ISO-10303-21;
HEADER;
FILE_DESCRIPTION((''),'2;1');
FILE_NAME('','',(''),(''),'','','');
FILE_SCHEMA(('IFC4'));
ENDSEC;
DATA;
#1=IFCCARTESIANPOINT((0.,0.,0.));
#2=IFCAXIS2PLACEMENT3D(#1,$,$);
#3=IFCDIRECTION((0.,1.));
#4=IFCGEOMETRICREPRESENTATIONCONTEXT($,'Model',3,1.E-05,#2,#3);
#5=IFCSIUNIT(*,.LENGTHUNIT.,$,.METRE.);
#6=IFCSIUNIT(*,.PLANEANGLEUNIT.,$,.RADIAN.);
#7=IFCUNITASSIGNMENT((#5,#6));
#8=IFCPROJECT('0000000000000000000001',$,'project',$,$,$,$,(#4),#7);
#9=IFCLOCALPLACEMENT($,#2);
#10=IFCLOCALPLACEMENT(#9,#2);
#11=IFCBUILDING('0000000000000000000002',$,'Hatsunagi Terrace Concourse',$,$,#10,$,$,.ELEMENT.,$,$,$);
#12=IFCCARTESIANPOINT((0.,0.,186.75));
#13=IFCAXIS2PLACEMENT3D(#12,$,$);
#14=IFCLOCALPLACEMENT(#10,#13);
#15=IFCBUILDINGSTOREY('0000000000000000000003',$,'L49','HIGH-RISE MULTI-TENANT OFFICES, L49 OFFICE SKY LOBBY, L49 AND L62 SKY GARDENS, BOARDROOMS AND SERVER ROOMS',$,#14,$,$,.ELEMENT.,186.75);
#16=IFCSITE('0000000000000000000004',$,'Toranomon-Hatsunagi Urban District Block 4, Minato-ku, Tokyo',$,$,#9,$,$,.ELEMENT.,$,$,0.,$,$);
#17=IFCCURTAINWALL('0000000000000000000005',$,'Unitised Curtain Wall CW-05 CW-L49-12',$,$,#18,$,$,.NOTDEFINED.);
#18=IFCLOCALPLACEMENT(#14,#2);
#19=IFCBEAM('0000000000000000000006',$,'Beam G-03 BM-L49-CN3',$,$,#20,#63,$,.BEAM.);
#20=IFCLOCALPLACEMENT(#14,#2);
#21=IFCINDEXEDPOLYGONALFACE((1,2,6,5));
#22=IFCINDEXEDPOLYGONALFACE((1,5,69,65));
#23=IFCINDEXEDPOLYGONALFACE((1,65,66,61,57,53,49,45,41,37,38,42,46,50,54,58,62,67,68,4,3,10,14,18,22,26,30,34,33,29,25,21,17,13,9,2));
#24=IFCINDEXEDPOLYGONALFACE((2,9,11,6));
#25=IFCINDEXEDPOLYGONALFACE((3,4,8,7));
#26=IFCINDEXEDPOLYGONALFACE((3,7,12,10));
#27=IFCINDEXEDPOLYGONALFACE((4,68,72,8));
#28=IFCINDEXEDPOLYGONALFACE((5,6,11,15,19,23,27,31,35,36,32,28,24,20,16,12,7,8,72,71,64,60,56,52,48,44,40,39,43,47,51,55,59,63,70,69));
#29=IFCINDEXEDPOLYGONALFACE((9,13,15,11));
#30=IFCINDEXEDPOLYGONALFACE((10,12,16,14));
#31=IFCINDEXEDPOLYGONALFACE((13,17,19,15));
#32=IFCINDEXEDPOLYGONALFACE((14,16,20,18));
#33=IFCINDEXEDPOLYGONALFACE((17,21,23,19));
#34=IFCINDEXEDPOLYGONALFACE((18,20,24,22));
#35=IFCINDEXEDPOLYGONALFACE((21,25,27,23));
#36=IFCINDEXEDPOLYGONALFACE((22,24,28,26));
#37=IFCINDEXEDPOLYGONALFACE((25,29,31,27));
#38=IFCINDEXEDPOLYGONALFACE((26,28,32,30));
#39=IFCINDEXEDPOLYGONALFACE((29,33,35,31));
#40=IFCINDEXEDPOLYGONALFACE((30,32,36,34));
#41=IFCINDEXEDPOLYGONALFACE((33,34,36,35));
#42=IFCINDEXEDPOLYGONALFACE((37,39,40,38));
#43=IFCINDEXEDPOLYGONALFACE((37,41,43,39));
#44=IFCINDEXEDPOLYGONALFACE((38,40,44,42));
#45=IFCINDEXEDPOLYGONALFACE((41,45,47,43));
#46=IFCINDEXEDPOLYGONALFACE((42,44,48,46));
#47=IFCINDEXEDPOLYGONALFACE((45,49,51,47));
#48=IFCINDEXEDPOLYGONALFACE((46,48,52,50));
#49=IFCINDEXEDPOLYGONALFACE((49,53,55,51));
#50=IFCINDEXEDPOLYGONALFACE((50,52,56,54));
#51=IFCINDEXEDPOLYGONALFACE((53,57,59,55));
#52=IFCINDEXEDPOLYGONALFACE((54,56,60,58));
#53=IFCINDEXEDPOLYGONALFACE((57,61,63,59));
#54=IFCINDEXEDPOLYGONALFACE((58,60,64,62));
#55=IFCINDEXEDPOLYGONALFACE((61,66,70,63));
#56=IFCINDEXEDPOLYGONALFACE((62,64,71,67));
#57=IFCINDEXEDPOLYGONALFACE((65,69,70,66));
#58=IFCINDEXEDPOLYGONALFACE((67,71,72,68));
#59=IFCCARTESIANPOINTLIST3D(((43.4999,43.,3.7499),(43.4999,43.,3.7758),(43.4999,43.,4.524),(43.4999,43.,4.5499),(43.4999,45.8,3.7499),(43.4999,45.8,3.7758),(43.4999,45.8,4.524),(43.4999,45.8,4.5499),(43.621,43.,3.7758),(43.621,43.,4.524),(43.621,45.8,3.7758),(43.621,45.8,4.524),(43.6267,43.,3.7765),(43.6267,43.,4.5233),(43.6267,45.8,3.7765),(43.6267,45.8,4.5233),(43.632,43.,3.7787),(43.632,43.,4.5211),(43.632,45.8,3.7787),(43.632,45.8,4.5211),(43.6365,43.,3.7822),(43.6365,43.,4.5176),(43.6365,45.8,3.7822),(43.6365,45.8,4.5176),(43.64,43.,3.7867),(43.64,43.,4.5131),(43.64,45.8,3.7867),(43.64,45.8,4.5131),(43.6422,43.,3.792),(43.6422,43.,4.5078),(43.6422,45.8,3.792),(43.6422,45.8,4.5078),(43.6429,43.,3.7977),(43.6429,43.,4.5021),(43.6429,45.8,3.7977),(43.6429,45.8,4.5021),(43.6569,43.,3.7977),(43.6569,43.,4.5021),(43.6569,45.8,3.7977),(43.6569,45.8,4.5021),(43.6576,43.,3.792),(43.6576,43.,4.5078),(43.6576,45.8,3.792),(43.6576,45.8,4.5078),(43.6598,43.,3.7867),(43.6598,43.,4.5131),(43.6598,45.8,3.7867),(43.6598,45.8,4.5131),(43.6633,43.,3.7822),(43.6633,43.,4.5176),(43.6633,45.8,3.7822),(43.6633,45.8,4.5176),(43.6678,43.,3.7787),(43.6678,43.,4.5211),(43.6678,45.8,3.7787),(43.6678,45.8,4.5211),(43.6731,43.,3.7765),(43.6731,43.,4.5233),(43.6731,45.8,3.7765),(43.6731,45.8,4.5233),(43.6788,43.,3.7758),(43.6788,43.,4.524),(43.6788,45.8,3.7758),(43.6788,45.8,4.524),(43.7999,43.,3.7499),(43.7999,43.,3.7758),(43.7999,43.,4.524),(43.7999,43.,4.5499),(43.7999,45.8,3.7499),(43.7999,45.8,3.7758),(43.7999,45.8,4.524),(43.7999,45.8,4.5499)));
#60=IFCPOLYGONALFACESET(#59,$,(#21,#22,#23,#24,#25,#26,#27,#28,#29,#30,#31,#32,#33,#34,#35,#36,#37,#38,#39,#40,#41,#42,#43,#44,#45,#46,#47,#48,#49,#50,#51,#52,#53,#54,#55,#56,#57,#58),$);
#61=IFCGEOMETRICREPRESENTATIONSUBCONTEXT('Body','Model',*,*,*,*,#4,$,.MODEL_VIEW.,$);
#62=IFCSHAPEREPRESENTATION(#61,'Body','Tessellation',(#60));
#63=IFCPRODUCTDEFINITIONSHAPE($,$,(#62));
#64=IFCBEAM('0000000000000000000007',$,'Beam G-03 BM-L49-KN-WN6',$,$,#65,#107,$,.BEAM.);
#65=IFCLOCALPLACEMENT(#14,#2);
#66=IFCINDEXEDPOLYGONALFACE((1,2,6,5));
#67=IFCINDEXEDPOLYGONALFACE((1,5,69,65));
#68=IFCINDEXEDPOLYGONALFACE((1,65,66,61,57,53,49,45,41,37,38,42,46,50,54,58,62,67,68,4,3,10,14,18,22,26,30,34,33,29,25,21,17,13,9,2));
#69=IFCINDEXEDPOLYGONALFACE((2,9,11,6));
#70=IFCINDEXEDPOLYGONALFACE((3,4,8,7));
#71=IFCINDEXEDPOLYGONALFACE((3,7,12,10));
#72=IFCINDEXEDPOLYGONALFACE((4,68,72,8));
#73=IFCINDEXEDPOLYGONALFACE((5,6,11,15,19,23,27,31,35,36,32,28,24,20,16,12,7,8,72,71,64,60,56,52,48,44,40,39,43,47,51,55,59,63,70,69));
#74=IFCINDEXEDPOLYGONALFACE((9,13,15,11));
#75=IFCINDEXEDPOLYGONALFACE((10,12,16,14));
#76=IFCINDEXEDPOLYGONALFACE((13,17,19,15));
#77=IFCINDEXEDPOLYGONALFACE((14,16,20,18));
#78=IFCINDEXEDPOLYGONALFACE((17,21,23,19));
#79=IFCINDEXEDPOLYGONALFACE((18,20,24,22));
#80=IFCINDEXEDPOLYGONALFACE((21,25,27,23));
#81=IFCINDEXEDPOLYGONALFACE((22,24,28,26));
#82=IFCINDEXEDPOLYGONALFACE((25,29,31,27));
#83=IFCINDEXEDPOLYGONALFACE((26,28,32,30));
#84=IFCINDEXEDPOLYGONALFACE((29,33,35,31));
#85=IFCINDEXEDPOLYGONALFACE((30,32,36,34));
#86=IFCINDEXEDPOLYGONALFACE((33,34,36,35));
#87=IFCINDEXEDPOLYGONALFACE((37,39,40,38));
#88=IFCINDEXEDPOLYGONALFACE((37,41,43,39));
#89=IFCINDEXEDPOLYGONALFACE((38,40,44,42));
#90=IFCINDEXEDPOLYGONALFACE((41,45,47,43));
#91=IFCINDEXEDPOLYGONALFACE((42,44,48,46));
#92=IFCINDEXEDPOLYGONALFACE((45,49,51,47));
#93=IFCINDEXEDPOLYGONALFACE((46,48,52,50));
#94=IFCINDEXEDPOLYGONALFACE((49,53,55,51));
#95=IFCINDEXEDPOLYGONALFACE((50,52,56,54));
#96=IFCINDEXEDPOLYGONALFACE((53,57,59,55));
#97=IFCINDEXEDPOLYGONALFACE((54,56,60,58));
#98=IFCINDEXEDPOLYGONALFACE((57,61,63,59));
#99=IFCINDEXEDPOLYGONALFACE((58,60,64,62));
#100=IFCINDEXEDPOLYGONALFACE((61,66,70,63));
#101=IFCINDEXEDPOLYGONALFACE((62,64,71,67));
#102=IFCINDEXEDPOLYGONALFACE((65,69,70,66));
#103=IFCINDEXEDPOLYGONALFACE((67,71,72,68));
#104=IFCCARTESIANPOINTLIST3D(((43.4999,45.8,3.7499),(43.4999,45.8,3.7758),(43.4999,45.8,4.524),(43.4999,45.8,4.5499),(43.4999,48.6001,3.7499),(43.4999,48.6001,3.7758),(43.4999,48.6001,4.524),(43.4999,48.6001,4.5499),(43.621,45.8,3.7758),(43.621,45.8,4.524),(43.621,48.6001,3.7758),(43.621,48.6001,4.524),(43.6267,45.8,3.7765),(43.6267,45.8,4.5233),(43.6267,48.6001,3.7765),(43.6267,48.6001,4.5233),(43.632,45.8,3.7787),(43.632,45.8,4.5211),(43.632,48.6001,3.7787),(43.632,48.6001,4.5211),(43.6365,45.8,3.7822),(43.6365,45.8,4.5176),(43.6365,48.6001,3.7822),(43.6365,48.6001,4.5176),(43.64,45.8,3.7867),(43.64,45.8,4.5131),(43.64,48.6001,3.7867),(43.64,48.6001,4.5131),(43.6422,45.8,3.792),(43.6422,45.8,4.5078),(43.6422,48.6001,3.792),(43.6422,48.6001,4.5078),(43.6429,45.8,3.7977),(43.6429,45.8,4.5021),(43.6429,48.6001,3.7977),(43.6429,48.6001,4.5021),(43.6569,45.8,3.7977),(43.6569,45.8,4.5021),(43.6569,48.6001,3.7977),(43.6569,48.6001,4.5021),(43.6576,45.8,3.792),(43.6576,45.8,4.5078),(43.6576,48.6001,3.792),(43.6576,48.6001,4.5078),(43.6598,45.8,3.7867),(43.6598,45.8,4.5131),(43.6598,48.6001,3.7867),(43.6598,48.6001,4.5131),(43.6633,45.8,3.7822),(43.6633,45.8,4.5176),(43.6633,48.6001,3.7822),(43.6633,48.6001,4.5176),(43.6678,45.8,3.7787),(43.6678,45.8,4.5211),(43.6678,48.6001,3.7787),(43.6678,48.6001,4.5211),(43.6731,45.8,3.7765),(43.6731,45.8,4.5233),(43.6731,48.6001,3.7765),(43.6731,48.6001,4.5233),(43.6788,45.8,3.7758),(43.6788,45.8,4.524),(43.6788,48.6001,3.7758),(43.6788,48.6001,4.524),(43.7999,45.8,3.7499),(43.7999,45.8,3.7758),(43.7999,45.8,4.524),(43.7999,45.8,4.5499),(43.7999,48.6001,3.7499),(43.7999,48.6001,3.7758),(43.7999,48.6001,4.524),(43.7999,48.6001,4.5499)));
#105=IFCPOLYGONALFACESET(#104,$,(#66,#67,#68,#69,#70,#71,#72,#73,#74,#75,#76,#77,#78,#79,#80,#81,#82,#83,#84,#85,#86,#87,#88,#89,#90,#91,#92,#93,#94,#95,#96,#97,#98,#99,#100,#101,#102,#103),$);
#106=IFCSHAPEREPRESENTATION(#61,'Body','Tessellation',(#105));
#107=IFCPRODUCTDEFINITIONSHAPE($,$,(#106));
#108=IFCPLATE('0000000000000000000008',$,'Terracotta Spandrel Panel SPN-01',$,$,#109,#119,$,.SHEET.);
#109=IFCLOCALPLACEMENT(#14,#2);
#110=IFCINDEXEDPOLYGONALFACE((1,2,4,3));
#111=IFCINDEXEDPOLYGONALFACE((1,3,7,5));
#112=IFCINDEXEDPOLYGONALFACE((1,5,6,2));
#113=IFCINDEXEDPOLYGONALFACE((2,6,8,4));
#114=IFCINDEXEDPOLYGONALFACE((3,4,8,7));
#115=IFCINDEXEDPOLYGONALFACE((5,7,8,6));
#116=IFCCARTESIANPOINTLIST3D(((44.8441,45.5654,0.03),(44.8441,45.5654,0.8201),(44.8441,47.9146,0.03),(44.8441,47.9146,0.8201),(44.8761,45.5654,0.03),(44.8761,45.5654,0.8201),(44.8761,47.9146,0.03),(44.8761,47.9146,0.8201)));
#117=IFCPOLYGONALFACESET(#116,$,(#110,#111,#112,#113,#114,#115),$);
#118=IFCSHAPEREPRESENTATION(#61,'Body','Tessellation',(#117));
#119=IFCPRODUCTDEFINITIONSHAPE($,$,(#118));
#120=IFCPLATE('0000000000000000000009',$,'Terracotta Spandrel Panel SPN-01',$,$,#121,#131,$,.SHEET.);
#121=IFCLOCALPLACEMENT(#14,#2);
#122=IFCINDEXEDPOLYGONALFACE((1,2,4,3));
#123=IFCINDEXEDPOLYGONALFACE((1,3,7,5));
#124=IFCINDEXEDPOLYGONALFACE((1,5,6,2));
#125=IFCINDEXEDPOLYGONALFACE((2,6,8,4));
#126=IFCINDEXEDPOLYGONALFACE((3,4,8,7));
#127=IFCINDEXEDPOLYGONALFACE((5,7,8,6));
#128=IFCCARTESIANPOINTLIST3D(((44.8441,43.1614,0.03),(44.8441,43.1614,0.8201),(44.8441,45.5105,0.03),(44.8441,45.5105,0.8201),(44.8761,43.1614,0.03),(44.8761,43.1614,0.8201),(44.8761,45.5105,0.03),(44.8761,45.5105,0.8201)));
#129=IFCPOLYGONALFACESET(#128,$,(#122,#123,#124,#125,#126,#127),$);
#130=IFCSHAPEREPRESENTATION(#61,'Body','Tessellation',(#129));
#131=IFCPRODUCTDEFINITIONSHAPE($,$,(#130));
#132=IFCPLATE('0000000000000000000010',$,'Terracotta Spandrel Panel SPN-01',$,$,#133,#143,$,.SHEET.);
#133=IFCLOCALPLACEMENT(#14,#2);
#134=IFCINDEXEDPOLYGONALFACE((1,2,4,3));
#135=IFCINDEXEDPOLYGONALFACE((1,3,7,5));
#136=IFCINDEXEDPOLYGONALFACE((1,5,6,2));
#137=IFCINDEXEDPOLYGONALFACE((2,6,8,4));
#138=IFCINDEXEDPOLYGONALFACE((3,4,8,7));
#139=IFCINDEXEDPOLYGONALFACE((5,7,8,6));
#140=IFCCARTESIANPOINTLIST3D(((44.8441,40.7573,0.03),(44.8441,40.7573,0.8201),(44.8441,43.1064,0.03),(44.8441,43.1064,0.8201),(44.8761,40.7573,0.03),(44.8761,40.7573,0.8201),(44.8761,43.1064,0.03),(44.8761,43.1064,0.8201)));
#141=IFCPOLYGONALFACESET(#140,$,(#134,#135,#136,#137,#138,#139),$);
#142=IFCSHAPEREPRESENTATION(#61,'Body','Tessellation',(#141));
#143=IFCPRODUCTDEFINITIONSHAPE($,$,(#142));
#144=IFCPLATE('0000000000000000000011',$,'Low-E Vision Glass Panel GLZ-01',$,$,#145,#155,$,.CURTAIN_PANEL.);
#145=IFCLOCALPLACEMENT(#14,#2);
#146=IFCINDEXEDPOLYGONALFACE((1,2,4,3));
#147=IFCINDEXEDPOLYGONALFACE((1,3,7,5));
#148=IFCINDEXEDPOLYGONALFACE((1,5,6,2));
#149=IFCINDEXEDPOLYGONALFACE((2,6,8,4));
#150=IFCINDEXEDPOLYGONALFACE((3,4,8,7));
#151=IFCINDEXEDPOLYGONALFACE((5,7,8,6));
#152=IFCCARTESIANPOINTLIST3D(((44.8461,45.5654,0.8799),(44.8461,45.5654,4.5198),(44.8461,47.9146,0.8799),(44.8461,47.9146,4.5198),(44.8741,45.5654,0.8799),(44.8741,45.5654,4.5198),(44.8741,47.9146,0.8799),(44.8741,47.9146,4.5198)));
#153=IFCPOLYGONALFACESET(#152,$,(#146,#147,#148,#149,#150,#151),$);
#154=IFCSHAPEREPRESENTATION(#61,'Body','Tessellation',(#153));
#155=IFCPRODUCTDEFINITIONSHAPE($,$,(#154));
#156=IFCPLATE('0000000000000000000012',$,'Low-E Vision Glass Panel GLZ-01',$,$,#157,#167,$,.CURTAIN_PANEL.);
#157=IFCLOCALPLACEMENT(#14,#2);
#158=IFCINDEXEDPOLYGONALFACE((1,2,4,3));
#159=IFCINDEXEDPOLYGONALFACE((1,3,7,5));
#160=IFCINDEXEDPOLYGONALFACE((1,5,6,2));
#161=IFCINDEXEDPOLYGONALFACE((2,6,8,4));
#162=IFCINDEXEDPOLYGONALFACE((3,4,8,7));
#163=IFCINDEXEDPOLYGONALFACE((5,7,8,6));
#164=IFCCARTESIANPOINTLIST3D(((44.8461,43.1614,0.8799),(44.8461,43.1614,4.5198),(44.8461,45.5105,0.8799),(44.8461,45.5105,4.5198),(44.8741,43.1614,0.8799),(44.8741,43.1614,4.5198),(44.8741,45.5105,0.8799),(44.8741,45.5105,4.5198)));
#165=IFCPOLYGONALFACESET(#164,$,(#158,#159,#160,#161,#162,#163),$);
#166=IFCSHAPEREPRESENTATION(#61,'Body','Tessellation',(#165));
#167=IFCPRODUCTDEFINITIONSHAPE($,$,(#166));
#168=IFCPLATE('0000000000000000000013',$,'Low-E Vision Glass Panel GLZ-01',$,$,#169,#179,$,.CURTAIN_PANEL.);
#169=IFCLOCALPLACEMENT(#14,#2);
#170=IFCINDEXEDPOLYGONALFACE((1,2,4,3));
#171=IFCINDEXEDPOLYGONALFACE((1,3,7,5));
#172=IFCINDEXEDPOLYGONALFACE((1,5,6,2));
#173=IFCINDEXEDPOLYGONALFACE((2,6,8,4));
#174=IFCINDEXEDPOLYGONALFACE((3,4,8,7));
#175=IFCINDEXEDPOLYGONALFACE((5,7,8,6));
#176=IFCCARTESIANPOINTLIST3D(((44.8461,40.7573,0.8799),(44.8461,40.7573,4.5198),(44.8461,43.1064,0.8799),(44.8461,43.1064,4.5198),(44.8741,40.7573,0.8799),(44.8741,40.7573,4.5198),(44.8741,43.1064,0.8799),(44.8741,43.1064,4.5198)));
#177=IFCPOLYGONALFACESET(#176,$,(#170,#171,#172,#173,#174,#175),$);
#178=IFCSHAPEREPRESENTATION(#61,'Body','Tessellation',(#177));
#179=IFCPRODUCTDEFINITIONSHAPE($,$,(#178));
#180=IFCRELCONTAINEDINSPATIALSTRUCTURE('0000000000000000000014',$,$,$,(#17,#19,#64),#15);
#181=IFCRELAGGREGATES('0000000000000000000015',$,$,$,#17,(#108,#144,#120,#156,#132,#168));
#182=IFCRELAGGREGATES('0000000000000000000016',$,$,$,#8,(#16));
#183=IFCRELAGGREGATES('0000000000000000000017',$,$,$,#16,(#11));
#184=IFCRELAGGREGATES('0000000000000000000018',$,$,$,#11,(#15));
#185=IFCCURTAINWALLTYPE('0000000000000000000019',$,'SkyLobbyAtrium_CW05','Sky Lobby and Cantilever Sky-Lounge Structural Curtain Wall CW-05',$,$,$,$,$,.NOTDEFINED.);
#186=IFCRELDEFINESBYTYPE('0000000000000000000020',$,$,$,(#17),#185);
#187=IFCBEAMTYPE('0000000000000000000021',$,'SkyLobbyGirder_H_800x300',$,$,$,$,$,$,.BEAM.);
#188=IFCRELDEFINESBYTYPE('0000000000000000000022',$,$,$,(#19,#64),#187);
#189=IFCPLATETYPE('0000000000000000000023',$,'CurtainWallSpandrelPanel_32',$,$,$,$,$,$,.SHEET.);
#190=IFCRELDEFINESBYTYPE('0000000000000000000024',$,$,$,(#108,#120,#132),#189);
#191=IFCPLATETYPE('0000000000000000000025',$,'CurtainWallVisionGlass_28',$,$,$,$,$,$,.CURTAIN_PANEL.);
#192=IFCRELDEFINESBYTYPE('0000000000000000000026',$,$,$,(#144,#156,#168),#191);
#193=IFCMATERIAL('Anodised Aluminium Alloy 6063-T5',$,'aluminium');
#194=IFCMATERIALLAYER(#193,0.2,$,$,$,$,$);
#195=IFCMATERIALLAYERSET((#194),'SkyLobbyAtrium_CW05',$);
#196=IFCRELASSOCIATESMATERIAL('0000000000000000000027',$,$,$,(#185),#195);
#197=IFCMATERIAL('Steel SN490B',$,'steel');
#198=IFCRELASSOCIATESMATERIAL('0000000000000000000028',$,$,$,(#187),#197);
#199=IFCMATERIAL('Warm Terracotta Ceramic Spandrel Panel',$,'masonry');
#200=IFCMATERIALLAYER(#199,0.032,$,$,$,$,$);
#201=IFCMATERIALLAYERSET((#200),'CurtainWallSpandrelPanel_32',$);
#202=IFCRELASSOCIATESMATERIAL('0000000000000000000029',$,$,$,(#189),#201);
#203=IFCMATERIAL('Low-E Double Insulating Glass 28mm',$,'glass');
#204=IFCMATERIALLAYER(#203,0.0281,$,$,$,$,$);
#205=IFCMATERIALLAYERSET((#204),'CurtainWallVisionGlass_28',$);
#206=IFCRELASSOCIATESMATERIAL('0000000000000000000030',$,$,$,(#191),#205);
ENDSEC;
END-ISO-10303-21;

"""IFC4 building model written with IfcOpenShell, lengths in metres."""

from ifc_helpers import new_model, si_unit, direction, frame, origin, origin_2d, place, context, subcontext, project, spatial, rectangle, i_section, extrude, material, layer, layer_set, material_profile, profile_set, type_object, element, aggregate, save


model = new_model("IFC4")

# Units and contexts
model_context = context("Model", 3, precision=1e-05, world=origin(), true_north=direction((0.0, 1.0)))
body_context = subcontext(model_context, "Body", "Model", "MODEL_VIEW")
ifc_project = project(units=[si_unit("LENGTHUNIT", "METRE"), si_unit("PLANEANGLEUNIT", "RADIAN")], contexts=[model_context])

# Site, building, storey
site_placement = place(None, origin())
site = spatial("IfcSite", under=ifc_project, at=site_placement, Name="Toranomon-Hatsunagi Urban District Block 4, Minato-ku, Tokyo", CompositionType="ELEMENT", RefElevation=0.0)
building_placement = place(site_placement, origin())
building = spatial("IfcBuilding", under=site, at=building_placement, Name="Hatsunagi Terrace Concourse", CompositionType="ELEMENT")
storey_placement = place(building_placement, frame((0.0, 0.0, 186.75)))
storey = spatial("IfcBuildingStorey", under=building, at=storey_placement, Name="L49", Description="HIGH-RISE MULTI-TENANT OFFICES, L49 OFFICE SKY LOBBY, L49 AND L62 SKY GARDENS, BOARDROOMS AND SERVER ROOMS", CompositionType="ELEMENT", Elevation=186.75)

# Curtain wall
ifc_material_1 = material(Name="Anodised Aluminium Alloy 6063-T5", Category="aluminium")
ifc_layer_1 = layer(ifc_material_1, 0.2)
ifc_layer_set_1 = layer_set([ifc_layer_1], Name="SkyLobbyAtrium_CW05")
curtain_wall_type = type_object("IfcCurtainWallType", Name="SkyLobbyAtrium_CW05", Description="Sky Lobby and Cantilever Sky-Lounge Structural Curtain Wall CW-05", PredefinedType="NOTDEFINED", material=ifc_layer_set_1)
curtain_wall_placement = place(storey_placement, origin())
curtain_wall = element("IfcCurtainWall", 1, at=curtain_wall_placement, inside=storey, type_object=curtain_wall_type, Name="Unitised Curtain Wall CW-05 CW-L49-12", PredefinedType="NOTDEFINED")

# Beams
ifc_material_2 = material(Name="Steel SN490B", Category="steel")
ifc_material_profile_1 = material_profile(ifc_material_2, i_section(OverallWidth=0.3, OverallDepth=0.8, WebThickness=0.0139, FlangeThickness=0.0259, FilletRadius=0.022, at=origin_2d()), Name="H-800x300x14x26")
ifc_profile_set_1 = profile_set([ifc_material_profile_1], Name="Steel SN490B")
beam_type = type_object("IfcBeamType", Name="SkyLobbyGirder_H_800x300", PredefinedType="BEAM", material=ifc_profile_set_1)
for number, where, z_axis, x_axis, name in (
    (2, (43.6499, 43.0, 4.1499), (0.0, 1.0, 0.0), (-1.0, 0.0, 0.0), "Beam G-03 BM-L49-CN3"),
    (3, (43.6499, 45.8, 4.1499), (0.0, 1.0, 0.0), (-1.0, 0.0, 0.0), "Beam G-03 BM-L49-KN-WN6"),
):
    element("IfcBeam", number, at=place(storey_placement, frame(where, z_axis=z_axis, x_axis=x_axis)), inside=storey, type_object=beam_type, Name=name, PredefinedType="BEAM", context=body_context, shape_type="SweptSolid", body=[
        extrude(i_section(OverallWidth=0.3, OverallDepth=0.8, WebThickness=0.0139, FlangeThickness=0.0259, FilletRadius=0.022, at=origin_2d()), origin(), (0.0, 0.0, 1.0), 2.8),
    ])

# Plates
ifc_material_3 = material(Name="Warm Terracotta Ceramic Spandrel Panel", Category="masonry")
ifc_layer_2 = layer(ifc_material_3, 0.032)
ifc_layer_set_2 = layer_set([ifc_layer_2], Name="CurtainWallSpandrelPanel_32")
plate_type_1 = type_object("IfcPlateType", Name="CurtainWallSpandrelPanel_32", PredefinedType="SHEET", material=ifc_layer_set_2)
plate_1_placement = place(storey_placement, frame((44.8601, 46.74, 0.03), z_axis=(0.0, 0.0, 1.0), x_axis=(0.0, -1.0, 0.0)))
plate_1 = element("IfcPlate", 4, at=plate_1_placement, type_object=plate_type_1, Name="Terracotta Spandrel Panel SPN-01", PredefinedType="SHEET", context=body_context, shape_type="SweptSolid", body=[
    extrude(rectangle(XDim=2.3491, YDim=0.032, at=origin_2d()), origin(), (0.0, 0.0, 1.0), 0.79),
])
plate_2_placement = place(storey_placement, frame((44.8601, 44.3359, 0.03), z_axis=(0.0, 0.0, 1.0), x_axis=(0.0, -1.0, 0.0)))
plate_2 = element("IfcPlate", 5, at=plate_2_placement, type_object=plate_type_1, Name="Terracotta Spandrel Panel SPN-01", PredefinedType="SHEET", context=body_context, shape_type="SweptSolid", body=[
    extrude(rectangle(XDim=2.3491, YDim=0.032, at=origin_2d()), origin(), (0.0, 0.0, 1.0), 0.79),
])
plate_3_placement = place(storey_placement, frame((44.8601, 41.9319, 0.03), z_axis=(0.0, 0.0, 1.0), x_axis=(0.0, -1.0, 0.0)))
plate_3 = element("IfcPlate", 6, at=plate_3_placement, type_object=plate_type_1, Name="Terracotta Spandrel Panel SPN-01", PredefinedType="SHEET", context=body_context, shape_type="SweptSolid", body=[
    extrude(rectangle(XDim=2.3491, YDim=0.032, at=origin_2d()), origin(), (0.0, 0.0, 1.0), 0.79),
])
ifc_material_4 = material(Name="Low-E Double Insulating Glass 28mm", Category="glass")
ifc_layer_3 = layer(ifc_material_4, 0.0281)
ifc_layer_set_3 = layer_set([ifc_layer_3], Name="CurtainWallVisionGlass_28")
plate_type_2 = type_object("IfcPlateType", Name="CurtainWallVisionGlass_28", PredefinedType="CURTAIN_PANEL", material=ifc_layer_set_3)
plate_4_placement = place(storey_placement, frame((44.8601, 46.74, 0.8799), z_axis=(0.0, 0.0, 1.0), x_axis=(0.0, -1.0, 0.0)))
plate_4 = element("IfcPlate", 7, at=plate_4_placement, type_object=plate_type_2, Name="Low-E Vision Glass Panel GLZ-01", PredefinedType="CURTAIN_PANEL", context=body_context, shape_type="SweptSolid", body=[
    extrude(rectangle(XDim=2.3491, YDim=0.0281, at=origin_2d()), origin(), (0.0, 0.0, 1.0), 3.6399),
])
plate_5_placement = place(storey_placement, frame((44.8601, 44.3359, 0.8799), z_axis=(0.0, 0.0, 1.0), x_axis=(0.0, -1.0, 0.0)))
plate_5 = element("IfcPlate", 8, at=plate_5_placement, type_object=plate_type_2, Name="Low-E Vision Glass Panel GLZ-01", PredefinedType="CURTAIN_PANEL", context=body_context, shape_type="SweptSolid", body=[
    extrude(rectangle(XDim=2.3491, YDim=0.0281, at=origin_2d()), origin(), (0.0, 0.0, 1.0), 3.6399),
])
plate_6_placement = place(storey_placement, frame((44.8601, 41.9319, 0.8799), z_axis=(0.0, 0.0, 1.0), x_axis=(0.0, -1.0, 0.0)))
plate_6 = element("IfcPlate", 9, at=plate_6_placement, type_object=plate_type_2, Name="Low-E Vision Glass Panel GLZ-01", PredefinedType="CURTAIN_PANEL", context=body_context, shape_type="SweptSolid", body=[
    extrude(rectangle(XDim=2.3491, YDim=0.0281, at=origin_2d()), origin(), (0.0, 0.0, 1.0), 3.6399),
])
aggregate(curtain_wall, [plate_1, plate_4, plate_2, plate_5, plate_3, plate_6])

save(model, "model.ifc")
